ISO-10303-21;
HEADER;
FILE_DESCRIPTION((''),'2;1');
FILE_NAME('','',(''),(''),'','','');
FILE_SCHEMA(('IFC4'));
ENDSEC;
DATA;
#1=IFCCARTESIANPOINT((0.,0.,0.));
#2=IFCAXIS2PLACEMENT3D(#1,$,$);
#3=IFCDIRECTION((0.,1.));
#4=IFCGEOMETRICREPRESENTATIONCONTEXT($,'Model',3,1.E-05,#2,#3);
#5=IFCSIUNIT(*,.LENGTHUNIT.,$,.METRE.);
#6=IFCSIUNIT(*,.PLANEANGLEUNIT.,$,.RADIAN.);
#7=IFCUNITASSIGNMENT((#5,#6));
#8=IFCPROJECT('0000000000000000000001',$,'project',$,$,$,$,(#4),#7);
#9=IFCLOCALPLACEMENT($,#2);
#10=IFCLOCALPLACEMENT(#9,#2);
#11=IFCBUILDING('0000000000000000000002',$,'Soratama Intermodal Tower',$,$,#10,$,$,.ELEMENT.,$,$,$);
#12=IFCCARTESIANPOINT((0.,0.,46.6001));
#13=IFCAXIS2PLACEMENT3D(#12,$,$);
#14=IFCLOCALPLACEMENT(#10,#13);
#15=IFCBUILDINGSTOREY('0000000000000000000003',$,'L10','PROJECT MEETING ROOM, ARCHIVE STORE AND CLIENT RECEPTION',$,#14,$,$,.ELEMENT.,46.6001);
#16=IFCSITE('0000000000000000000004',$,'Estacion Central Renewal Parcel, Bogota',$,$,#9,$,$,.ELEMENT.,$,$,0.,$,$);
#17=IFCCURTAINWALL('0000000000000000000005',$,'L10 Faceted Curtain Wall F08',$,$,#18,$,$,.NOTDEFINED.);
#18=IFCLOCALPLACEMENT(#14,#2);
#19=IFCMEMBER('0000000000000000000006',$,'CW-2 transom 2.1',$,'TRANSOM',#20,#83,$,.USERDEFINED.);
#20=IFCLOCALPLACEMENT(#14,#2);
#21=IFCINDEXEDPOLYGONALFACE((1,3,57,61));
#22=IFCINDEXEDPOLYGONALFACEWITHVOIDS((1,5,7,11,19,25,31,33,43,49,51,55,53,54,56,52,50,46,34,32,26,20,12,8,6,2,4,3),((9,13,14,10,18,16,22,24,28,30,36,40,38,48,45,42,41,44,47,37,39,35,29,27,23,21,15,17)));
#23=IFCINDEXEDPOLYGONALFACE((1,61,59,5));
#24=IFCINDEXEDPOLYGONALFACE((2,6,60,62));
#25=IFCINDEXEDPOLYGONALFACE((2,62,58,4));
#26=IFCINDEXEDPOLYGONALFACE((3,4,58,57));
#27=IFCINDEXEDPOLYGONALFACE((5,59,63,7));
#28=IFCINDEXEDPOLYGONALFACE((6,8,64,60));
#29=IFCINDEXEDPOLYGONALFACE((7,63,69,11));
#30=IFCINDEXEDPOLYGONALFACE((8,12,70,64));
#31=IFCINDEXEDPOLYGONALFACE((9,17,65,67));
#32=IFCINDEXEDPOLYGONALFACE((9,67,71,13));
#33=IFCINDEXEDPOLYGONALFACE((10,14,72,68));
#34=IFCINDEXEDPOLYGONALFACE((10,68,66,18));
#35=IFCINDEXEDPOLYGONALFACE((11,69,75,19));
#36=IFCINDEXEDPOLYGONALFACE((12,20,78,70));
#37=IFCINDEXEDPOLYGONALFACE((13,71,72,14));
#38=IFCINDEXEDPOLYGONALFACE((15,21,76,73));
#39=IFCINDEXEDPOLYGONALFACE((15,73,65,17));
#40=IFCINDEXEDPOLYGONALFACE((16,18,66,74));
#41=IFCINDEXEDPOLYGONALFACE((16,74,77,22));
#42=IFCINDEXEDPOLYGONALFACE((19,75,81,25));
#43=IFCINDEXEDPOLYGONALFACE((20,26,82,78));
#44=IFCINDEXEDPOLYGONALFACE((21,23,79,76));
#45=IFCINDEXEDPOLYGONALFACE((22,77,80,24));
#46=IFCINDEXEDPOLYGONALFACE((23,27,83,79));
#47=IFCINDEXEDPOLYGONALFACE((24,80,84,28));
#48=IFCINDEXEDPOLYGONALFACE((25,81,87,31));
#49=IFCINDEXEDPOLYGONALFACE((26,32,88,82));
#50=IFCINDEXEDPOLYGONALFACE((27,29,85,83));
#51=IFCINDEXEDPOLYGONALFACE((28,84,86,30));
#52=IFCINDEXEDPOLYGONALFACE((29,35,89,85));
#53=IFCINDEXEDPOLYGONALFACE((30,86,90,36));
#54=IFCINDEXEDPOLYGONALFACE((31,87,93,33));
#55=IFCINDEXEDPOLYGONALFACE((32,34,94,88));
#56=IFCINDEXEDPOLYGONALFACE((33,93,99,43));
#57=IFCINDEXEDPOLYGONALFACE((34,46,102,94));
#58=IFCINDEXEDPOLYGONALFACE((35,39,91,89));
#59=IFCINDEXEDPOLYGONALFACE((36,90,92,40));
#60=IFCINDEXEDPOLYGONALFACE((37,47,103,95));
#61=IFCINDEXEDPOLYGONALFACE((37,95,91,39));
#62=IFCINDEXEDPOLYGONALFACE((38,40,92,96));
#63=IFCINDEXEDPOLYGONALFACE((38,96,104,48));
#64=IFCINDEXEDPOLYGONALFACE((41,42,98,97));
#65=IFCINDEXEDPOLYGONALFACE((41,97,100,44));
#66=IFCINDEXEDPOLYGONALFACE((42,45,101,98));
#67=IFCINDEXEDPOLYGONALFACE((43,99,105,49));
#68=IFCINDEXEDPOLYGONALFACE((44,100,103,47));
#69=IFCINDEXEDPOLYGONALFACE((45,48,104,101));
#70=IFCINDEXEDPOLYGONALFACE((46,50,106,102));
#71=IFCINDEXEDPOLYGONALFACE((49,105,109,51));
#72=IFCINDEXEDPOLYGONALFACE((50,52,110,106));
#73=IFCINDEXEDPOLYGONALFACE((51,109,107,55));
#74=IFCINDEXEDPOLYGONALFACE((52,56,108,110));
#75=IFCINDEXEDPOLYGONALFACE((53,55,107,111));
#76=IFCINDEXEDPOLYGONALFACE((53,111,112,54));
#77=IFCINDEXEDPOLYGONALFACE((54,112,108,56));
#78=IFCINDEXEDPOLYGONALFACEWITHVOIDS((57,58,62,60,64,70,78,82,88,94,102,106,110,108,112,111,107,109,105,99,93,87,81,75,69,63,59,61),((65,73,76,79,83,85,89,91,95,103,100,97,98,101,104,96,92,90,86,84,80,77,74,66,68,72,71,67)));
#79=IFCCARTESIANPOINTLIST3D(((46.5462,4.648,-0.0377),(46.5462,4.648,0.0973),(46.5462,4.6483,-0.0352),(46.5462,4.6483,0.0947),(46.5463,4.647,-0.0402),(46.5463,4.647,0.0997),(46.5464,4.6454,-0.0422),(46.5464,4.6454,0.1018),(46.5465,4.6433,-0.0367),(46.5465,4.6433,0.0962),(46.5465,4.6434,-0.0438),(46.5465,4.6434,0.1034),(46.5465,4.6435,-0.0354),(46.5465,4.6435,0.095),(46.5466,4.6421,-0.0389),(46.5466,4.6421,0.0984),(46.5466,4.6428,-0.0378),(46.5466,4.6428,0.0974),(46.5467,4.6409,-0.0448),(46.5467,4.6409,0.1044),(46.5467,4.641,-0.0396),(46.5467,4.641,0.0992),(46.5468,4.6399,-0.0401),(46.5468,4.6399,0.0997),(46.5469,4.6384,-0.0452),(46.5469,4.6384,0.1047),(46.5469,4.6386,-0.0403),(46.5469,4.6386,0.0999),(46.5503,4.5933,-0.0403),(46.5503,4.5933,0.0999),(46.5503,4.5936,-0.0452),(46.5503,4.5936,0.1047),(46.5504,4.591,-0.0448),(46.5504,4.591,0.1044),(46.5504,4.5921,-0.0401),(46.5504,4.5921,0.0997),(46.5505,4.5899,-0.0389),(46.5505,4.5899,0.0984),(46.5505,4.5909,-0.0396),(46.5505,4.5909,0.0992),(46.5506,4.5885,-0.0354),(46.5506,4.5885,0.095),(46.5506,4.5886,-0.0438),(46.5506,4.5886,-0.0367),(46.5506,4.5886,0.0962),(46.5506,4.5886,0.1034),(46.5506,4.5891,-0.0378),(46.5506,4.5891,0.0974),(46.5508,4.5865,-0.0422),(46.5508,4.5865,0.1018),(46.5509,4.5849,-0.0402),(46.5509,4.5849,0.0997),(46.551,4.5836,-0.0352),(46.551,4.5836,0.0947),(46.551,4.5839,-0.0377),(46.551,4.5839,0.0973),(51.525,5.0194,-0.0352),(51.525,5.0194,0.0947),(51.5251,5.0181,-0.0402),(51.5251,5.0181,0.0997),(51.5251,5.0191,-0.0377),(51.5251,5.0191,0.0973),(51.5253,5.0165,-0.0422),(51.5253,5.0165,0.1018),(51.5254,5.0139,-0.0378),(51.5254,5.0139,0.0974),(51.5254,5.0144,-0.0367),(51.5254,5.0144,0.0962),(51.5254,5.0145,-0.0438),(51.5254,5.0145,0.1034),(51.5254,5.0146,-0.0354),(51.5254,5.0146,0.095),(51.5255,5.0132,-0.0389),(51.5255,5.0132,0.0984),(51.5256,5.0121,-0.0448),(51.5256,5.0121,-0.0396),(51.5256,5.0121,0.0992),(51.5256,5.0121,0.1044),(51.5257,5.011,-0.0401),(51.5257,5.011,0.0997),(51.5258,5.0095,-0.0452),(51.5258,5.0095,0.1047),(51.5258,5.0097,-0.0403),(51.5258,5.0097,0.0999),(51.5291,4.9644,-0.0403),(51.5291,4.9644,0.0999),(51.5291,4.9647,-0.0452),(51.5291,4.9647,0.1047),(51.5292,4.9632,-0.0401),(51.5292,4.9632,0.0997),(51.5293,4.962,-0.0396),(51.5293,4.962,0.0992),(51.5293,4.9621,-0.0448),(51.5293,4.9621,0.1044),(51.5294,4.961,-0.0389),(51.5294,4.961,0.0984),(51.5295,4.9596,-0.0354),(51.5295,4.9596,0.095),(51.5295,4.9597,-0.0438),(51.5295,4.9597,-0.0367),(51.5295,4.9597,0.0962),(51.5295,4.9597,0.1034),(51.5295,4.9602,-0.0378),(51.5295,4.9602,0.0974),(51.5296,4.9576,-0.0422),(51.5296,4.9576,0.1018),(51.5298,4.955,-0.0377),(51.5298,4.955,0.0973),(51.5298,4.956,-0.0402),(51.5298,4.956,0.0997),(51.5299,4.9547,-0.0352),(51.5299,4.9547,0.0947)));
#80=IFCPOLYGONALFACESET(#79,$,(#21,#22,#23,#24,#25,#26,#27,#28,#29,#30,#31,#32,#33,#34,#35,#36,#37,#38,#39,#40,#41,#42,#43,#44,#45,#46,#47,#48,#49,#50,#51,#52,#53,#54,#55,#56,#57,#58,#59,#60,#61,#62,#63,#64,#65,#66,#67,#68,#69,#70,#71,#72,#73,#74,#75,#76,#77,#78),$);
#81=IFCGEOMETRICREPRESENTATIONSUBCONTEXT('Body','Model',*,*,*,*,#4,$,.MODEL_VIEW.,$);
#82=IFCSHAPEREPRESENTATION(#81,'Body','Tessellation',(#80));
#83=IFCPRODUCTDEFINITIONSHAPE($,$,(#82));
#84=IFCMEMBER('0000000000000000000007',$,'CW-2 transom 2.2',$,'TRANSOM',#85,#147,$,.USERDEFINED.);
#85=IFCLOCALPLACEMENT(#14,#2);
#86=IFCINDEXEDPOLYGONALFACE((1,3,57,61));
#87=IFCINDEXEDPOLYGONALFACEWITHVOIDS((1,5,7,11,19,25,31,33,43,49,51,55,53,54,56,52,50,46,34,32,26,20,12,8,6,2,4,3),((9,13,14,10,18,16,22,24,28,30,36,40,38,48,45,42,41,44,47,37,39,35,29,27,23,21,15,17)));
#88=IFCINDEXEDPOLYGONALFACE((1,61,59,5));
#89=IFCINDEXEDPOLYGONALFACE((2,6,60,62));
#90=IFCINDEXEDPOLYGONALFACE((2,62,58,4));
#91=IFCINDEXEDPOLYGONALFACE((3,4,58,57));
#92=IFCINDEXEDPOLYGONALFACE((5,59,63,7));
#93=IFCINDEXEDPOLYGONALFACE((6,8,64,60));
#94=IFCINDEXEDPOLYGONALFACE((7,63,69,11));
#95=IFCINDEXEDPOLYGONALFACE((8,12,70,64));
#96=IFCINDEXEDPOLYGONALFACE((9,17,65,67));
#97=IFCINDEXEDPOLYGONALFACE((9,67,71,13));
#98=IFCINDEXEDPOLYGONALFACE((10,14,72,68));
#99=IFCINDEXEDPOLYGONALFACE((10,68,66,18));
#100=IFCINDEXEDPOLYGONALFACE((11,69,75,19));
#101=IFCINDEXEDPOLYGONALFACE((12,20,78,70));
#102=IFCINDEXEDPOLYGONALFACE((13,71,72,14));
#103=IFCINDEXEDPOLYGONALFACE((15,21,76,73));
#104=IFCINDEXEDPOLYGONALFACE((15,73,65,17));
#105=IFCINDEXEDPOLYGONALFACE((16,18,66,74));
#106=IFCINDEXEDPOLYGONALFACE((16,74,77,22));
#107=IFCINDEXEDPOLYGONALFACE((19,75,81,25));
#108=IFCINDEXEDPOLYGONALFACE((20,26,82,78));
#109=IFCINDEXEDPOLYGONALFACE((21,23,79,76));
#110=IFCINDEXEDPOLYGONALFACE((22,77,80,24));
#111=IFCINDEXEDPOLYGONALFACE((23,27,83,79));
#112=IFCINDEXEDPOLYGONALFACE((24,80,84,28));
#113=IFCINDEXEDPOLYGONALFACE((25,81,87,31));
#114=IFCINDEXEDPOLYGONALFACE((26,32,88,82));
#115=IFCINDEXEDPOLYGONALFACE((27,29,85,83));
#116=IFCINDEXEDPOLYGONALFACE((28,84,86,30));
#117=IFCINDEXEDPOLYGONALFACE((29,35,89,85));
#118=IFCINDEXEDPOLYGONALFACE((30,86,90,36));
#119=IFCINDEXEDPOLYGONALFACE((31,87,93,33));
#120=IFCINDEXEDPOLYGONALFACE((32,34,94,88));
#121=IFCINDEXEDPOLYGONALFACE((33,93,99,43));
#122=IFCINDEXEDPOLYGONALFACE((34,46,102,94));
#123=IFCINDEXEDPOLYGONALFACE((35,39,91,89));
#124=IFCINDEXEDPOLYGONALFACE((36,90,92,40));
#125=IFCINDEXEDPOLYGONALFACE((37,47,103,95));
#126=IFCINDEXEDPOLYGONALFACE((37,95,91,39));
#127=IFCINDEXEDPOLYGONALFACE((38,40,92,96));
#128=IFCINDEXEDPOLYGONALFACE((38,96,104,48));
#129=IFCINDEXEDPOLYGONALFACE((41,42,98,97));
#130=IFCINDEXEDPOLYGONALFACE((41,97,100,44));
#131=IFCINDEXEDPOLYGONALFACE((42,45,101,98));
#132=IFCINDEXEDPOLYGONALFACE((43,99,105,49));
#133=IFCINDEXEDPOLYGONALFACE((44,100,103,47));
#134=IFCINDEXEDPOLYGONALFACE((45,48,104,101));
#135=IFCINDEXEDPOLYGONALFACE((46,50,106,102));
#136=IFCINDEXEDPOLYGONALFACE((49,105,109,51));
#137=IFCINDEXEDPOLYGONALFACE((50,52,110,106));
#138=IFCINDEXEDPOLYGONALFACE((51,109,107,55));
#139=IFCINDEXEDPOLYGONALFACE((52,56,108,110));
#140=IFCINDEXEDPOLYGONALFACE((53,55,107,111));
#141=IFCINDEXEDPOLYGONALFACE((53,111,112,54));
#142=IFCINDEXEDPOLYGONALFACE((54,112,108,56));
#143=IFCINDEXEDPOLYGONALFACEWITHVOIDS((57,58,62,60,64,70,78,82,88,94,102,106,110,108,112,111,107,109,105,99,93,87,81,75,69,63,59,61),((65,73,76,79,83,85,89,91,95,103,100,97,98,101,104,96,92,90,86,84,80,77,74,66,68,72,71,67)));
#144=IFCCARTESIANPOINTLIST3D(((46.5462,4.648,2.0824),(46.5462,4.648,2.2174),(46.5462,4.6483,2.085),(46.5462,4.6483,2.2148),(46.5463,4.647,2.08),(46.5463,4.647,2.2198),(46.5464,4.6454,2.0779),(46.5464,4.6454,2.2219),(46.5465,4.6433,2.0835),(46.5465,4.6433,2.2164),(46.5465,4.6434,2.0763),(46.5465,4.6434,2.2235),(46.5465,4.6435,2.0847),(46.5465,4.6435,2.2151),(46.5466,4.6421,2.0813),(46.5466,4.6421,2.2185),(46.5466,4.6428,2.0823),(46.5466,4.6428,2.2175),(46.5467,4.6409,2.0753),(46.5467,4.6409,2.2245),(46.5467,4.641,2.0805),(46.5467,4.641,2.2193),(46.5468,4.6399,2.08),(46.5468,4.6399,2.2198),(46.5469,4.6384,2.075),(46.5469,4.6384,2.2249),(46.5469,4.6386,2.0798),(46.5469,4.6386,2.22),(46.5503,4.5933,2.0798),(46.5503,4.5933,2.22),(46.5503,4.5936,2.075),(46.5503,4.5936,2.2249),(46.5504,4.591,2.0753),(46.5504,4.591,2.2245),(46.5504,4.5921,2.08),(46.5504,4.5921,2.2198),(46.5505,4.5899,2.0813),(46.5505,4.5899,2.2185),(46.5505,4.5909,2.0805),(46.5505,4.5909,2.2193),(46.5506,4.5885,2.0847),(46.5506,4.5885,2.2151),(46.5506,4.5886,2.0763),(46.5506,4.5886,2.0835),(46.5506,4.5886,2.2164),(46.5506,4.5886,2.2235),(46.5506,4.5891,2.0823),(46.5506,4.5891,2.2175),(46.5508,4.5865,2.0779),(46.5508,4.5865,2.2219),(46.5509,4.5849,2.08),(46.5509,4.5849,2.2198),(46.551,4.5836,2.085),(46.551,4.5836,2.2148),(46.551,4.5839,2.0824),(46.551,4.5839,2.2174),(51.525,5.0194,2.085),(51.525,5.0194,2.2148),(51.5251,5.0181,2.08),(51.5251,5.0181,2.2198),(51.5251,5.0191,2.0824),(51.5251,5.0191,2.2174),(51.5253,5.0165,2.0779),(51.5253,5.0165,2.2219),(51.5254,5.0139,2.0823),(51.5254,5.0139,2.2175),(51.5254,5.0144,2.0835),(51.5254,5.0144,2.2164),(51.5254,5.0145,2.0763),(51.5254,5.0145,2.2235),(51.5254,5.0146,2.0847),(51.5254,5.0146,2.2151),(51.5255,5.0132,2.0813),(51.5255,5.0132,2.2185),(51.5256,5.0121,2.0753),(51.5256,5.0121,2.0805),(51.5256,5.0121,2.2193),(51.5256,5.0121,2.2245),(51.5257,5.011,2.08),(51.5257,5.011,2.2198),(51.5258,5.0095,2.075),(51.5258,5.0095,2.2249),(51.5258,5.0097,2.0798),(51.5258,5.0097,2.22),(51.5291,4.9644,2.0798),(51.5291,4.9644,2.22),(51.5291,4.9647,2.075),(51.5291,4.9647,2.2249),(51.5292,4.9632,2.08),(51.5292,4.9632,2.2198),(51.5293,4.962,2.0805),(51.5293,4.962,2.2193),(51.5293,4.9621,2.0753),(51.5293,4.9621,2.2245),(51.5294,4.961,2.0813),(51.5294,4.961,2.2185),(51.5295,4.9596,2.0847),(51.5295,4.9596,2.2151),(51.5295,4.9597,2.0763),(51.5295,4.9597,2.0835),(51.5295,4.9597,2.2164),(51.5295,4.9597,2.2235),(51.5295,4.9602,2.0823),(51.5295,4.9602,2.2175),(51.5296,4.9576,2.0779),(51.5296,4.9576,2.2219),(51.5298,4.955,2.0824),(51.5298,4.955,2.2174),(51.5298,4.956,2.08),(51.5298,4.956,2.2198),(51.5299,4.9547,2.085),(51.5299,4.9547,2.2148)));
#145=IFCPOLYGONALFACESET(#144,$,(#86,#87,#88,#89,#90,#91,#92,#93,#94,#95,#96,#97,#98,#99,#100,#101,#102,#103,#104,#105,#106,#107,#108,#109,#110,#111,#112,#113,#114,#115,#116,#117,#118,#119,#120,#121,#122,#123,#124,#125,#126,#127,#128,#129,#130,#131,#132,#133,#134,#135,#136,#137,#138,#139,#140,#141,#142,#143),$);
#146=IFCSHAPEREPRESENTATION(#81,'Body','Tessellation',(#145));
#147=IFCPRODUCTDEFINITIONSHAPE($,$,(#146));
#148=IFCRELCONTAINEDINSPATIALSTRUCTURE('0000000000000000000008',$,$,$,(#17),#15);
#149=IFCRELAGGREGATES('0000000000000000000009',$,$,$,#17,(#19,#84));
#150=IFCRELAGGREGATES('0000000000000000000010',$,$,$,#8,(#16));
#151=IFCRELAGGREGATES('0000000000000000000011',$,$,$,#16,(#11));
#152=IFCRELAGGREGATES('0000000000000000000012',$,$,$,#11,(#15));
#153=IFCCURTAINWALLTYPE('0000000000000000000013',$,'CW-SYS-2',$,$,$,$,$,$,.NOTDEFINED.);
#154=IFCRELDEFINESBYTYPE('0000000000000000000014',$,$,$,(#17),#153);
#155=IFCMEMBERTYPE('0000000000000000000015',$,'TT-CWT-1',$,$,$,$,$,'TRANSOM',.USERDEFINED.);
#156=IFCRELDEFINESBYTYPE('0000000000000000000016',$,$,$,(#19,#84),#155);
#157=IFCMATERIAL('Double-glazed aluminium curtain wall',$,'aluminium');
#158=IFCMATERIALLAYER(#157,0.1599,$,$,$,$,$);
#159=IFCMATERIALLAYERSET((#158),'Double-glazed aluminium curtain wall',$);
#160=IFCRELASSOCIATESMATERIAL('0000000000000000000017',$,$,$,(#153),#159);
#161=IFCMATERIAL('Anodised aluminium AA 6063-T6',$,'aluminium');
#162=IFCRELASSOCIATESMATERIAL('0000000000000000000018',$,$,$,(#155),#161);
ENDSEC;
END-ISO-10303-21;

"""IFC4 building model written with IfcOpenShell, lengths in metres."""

from ifc_helpers import new_model, si_unit, direction, frame, origin, origin_2d, place, context, subcontext, project, spatial, hollow_rectangle, extrude, material, layer, layer_set, material_profile, profile_set, type_object, element, aggregate, save


model = new_model("IFC4")

# Units and contexts
model_context = context("Model", 3, precision=1e-05, world=origin(), true_north=direction((0.0, 1.0)))
body_context = subcontext(model_context, "Body", "Model", "MODEL_VIEW")
ifc_project = project(units=[si_unit("LENGTHUNIT", "METRE"), si_unit("PLANEANGLEUNIT", "RADIAN")], contexts=[model_context])

# Site, building, storey
site_placement = place(None, origin())
site = spatial("IfcSite", under=ifc_project, at=site_placement, Name="Estacion Central Renewal Parcel, Bogota", CompositionType="ELEMENT", RefElevation=0.0)
building_placement = place(site_placement, origin())
building = spatial("IfcBuilding", under=site, at=building_placement, Name="Soratama Intermodal Tower", CompositionType="ELEMENT")
storey_placement = place(building_placement, frame((0.0, 0.0, 46.6001)))
storey = spatial("IfcBuildingStorey", under=building, at=storey_placement, Name="L10", Description="PROJECT MEETING ROOM, ARCHIVE STORE AND CLIENT RECEPTION", CompositionType="ELEMENT", Elevation=46.6001)

# Curtain wall, members
ifc_material_1 = material(Name="Double-glazed aluminium curtain wall", Category="aluminium")
ifc_layer_1 = layer(ifc_material_1, 0.1599)
ifc_layer_set_1 = layer_set([ifc_layer_1], Name="Double-glazed aluminium curtain wall")
curtain_wall_type = type_object("IfcCurtainWallType", Name="CW-SYS-2", PredefinedType="NOTDEFINED", material=ifc_layer_set_1)
curtain_wall_placement = place(storey_placement, origin())
curtain_wall = element("IfcCurtainWall", 1, at=curtain_wall_placement, inside=storey, type_object=curtain_wall_type, Name="L10 Faceted Curtain Wall F08", PredefinedType="NOTDEFINED")
ifc_material_2 = material(Name="Anodised aluminium AA 6063-T6", Category="aluminium")
ifc_material_profile_1 = material_profile(ifc_material_2, hollow_rectangle(XDim=0.0649, YDim=0.1499, WallThickness=0.0049, InnerFilletRadius=0.0049, OuterFilletRadius=0.01, at=origin_2d()), Name="CWT150X65X5")
ifc_profile_set_1 = profile_set([ifc_material_profile_1], Name="Anodised aluminium AA 6063-T6")
member_type_1 = type_object("IfcMemberType", Name="TT-CWT-1", ElementType="TRANSOM", PredefinedType="USERDEFINED", material=ifc_profile_set_1)
member_1_placement = place(storey_placement, frame((46.5486, 4.616, 0.0298), z_axis=(0.997234, 0.074329, 0.0), x_axis=(-0.074329, 0.997234, 0.0)))
member_1 = element("IfcMember", 2, at=member_1_placement, type_object=member_type_1, Name="CW-2 transom 2.1", ObjectType="TRANSOM", PredefinedType="USERDEFINED", context=body_context, shape_type="SweptSolid", body=[
    extrude(hollow_rectangle(XDim=0.0649, YDim=0.1499, WallThickness=0.0049, InnerFilletRadius=0.0049, OuterFilletRadius=0.01, at=origin_2d()), origin(), (0.0, 0.0, 1.0), 4.9927),
])
member_2_placement = place(storey_placement, frame((46.5486, 4.616, 2.1499), z_axis=(0.997234, 0.074329, 0.0), x_axis=(-0.074329, 0.997234, 0.0)))
member_2 = element("IfcMember", 3, at=member_2_placement, type_object=member_type_1, Name="CW-2 transom 2.2", ObjectType="TRANSOM", PredefinedType="USERDEFINED", context=body_context, shape_type="SweptSolid", body=[
    extrude(hollow_rectangle(XDim=0.0649, YDim=0.1499, WallThickness=0.0049, InnerFilletRadius=0.0049, OuterFilletRadius=0.01, at=origin_2d()), origin(), (0.0, 0.0, 1.0), 4.9927),
])
aggregate(curtain_wall, [member_1, member_2])

save(model, "model.ifc")
